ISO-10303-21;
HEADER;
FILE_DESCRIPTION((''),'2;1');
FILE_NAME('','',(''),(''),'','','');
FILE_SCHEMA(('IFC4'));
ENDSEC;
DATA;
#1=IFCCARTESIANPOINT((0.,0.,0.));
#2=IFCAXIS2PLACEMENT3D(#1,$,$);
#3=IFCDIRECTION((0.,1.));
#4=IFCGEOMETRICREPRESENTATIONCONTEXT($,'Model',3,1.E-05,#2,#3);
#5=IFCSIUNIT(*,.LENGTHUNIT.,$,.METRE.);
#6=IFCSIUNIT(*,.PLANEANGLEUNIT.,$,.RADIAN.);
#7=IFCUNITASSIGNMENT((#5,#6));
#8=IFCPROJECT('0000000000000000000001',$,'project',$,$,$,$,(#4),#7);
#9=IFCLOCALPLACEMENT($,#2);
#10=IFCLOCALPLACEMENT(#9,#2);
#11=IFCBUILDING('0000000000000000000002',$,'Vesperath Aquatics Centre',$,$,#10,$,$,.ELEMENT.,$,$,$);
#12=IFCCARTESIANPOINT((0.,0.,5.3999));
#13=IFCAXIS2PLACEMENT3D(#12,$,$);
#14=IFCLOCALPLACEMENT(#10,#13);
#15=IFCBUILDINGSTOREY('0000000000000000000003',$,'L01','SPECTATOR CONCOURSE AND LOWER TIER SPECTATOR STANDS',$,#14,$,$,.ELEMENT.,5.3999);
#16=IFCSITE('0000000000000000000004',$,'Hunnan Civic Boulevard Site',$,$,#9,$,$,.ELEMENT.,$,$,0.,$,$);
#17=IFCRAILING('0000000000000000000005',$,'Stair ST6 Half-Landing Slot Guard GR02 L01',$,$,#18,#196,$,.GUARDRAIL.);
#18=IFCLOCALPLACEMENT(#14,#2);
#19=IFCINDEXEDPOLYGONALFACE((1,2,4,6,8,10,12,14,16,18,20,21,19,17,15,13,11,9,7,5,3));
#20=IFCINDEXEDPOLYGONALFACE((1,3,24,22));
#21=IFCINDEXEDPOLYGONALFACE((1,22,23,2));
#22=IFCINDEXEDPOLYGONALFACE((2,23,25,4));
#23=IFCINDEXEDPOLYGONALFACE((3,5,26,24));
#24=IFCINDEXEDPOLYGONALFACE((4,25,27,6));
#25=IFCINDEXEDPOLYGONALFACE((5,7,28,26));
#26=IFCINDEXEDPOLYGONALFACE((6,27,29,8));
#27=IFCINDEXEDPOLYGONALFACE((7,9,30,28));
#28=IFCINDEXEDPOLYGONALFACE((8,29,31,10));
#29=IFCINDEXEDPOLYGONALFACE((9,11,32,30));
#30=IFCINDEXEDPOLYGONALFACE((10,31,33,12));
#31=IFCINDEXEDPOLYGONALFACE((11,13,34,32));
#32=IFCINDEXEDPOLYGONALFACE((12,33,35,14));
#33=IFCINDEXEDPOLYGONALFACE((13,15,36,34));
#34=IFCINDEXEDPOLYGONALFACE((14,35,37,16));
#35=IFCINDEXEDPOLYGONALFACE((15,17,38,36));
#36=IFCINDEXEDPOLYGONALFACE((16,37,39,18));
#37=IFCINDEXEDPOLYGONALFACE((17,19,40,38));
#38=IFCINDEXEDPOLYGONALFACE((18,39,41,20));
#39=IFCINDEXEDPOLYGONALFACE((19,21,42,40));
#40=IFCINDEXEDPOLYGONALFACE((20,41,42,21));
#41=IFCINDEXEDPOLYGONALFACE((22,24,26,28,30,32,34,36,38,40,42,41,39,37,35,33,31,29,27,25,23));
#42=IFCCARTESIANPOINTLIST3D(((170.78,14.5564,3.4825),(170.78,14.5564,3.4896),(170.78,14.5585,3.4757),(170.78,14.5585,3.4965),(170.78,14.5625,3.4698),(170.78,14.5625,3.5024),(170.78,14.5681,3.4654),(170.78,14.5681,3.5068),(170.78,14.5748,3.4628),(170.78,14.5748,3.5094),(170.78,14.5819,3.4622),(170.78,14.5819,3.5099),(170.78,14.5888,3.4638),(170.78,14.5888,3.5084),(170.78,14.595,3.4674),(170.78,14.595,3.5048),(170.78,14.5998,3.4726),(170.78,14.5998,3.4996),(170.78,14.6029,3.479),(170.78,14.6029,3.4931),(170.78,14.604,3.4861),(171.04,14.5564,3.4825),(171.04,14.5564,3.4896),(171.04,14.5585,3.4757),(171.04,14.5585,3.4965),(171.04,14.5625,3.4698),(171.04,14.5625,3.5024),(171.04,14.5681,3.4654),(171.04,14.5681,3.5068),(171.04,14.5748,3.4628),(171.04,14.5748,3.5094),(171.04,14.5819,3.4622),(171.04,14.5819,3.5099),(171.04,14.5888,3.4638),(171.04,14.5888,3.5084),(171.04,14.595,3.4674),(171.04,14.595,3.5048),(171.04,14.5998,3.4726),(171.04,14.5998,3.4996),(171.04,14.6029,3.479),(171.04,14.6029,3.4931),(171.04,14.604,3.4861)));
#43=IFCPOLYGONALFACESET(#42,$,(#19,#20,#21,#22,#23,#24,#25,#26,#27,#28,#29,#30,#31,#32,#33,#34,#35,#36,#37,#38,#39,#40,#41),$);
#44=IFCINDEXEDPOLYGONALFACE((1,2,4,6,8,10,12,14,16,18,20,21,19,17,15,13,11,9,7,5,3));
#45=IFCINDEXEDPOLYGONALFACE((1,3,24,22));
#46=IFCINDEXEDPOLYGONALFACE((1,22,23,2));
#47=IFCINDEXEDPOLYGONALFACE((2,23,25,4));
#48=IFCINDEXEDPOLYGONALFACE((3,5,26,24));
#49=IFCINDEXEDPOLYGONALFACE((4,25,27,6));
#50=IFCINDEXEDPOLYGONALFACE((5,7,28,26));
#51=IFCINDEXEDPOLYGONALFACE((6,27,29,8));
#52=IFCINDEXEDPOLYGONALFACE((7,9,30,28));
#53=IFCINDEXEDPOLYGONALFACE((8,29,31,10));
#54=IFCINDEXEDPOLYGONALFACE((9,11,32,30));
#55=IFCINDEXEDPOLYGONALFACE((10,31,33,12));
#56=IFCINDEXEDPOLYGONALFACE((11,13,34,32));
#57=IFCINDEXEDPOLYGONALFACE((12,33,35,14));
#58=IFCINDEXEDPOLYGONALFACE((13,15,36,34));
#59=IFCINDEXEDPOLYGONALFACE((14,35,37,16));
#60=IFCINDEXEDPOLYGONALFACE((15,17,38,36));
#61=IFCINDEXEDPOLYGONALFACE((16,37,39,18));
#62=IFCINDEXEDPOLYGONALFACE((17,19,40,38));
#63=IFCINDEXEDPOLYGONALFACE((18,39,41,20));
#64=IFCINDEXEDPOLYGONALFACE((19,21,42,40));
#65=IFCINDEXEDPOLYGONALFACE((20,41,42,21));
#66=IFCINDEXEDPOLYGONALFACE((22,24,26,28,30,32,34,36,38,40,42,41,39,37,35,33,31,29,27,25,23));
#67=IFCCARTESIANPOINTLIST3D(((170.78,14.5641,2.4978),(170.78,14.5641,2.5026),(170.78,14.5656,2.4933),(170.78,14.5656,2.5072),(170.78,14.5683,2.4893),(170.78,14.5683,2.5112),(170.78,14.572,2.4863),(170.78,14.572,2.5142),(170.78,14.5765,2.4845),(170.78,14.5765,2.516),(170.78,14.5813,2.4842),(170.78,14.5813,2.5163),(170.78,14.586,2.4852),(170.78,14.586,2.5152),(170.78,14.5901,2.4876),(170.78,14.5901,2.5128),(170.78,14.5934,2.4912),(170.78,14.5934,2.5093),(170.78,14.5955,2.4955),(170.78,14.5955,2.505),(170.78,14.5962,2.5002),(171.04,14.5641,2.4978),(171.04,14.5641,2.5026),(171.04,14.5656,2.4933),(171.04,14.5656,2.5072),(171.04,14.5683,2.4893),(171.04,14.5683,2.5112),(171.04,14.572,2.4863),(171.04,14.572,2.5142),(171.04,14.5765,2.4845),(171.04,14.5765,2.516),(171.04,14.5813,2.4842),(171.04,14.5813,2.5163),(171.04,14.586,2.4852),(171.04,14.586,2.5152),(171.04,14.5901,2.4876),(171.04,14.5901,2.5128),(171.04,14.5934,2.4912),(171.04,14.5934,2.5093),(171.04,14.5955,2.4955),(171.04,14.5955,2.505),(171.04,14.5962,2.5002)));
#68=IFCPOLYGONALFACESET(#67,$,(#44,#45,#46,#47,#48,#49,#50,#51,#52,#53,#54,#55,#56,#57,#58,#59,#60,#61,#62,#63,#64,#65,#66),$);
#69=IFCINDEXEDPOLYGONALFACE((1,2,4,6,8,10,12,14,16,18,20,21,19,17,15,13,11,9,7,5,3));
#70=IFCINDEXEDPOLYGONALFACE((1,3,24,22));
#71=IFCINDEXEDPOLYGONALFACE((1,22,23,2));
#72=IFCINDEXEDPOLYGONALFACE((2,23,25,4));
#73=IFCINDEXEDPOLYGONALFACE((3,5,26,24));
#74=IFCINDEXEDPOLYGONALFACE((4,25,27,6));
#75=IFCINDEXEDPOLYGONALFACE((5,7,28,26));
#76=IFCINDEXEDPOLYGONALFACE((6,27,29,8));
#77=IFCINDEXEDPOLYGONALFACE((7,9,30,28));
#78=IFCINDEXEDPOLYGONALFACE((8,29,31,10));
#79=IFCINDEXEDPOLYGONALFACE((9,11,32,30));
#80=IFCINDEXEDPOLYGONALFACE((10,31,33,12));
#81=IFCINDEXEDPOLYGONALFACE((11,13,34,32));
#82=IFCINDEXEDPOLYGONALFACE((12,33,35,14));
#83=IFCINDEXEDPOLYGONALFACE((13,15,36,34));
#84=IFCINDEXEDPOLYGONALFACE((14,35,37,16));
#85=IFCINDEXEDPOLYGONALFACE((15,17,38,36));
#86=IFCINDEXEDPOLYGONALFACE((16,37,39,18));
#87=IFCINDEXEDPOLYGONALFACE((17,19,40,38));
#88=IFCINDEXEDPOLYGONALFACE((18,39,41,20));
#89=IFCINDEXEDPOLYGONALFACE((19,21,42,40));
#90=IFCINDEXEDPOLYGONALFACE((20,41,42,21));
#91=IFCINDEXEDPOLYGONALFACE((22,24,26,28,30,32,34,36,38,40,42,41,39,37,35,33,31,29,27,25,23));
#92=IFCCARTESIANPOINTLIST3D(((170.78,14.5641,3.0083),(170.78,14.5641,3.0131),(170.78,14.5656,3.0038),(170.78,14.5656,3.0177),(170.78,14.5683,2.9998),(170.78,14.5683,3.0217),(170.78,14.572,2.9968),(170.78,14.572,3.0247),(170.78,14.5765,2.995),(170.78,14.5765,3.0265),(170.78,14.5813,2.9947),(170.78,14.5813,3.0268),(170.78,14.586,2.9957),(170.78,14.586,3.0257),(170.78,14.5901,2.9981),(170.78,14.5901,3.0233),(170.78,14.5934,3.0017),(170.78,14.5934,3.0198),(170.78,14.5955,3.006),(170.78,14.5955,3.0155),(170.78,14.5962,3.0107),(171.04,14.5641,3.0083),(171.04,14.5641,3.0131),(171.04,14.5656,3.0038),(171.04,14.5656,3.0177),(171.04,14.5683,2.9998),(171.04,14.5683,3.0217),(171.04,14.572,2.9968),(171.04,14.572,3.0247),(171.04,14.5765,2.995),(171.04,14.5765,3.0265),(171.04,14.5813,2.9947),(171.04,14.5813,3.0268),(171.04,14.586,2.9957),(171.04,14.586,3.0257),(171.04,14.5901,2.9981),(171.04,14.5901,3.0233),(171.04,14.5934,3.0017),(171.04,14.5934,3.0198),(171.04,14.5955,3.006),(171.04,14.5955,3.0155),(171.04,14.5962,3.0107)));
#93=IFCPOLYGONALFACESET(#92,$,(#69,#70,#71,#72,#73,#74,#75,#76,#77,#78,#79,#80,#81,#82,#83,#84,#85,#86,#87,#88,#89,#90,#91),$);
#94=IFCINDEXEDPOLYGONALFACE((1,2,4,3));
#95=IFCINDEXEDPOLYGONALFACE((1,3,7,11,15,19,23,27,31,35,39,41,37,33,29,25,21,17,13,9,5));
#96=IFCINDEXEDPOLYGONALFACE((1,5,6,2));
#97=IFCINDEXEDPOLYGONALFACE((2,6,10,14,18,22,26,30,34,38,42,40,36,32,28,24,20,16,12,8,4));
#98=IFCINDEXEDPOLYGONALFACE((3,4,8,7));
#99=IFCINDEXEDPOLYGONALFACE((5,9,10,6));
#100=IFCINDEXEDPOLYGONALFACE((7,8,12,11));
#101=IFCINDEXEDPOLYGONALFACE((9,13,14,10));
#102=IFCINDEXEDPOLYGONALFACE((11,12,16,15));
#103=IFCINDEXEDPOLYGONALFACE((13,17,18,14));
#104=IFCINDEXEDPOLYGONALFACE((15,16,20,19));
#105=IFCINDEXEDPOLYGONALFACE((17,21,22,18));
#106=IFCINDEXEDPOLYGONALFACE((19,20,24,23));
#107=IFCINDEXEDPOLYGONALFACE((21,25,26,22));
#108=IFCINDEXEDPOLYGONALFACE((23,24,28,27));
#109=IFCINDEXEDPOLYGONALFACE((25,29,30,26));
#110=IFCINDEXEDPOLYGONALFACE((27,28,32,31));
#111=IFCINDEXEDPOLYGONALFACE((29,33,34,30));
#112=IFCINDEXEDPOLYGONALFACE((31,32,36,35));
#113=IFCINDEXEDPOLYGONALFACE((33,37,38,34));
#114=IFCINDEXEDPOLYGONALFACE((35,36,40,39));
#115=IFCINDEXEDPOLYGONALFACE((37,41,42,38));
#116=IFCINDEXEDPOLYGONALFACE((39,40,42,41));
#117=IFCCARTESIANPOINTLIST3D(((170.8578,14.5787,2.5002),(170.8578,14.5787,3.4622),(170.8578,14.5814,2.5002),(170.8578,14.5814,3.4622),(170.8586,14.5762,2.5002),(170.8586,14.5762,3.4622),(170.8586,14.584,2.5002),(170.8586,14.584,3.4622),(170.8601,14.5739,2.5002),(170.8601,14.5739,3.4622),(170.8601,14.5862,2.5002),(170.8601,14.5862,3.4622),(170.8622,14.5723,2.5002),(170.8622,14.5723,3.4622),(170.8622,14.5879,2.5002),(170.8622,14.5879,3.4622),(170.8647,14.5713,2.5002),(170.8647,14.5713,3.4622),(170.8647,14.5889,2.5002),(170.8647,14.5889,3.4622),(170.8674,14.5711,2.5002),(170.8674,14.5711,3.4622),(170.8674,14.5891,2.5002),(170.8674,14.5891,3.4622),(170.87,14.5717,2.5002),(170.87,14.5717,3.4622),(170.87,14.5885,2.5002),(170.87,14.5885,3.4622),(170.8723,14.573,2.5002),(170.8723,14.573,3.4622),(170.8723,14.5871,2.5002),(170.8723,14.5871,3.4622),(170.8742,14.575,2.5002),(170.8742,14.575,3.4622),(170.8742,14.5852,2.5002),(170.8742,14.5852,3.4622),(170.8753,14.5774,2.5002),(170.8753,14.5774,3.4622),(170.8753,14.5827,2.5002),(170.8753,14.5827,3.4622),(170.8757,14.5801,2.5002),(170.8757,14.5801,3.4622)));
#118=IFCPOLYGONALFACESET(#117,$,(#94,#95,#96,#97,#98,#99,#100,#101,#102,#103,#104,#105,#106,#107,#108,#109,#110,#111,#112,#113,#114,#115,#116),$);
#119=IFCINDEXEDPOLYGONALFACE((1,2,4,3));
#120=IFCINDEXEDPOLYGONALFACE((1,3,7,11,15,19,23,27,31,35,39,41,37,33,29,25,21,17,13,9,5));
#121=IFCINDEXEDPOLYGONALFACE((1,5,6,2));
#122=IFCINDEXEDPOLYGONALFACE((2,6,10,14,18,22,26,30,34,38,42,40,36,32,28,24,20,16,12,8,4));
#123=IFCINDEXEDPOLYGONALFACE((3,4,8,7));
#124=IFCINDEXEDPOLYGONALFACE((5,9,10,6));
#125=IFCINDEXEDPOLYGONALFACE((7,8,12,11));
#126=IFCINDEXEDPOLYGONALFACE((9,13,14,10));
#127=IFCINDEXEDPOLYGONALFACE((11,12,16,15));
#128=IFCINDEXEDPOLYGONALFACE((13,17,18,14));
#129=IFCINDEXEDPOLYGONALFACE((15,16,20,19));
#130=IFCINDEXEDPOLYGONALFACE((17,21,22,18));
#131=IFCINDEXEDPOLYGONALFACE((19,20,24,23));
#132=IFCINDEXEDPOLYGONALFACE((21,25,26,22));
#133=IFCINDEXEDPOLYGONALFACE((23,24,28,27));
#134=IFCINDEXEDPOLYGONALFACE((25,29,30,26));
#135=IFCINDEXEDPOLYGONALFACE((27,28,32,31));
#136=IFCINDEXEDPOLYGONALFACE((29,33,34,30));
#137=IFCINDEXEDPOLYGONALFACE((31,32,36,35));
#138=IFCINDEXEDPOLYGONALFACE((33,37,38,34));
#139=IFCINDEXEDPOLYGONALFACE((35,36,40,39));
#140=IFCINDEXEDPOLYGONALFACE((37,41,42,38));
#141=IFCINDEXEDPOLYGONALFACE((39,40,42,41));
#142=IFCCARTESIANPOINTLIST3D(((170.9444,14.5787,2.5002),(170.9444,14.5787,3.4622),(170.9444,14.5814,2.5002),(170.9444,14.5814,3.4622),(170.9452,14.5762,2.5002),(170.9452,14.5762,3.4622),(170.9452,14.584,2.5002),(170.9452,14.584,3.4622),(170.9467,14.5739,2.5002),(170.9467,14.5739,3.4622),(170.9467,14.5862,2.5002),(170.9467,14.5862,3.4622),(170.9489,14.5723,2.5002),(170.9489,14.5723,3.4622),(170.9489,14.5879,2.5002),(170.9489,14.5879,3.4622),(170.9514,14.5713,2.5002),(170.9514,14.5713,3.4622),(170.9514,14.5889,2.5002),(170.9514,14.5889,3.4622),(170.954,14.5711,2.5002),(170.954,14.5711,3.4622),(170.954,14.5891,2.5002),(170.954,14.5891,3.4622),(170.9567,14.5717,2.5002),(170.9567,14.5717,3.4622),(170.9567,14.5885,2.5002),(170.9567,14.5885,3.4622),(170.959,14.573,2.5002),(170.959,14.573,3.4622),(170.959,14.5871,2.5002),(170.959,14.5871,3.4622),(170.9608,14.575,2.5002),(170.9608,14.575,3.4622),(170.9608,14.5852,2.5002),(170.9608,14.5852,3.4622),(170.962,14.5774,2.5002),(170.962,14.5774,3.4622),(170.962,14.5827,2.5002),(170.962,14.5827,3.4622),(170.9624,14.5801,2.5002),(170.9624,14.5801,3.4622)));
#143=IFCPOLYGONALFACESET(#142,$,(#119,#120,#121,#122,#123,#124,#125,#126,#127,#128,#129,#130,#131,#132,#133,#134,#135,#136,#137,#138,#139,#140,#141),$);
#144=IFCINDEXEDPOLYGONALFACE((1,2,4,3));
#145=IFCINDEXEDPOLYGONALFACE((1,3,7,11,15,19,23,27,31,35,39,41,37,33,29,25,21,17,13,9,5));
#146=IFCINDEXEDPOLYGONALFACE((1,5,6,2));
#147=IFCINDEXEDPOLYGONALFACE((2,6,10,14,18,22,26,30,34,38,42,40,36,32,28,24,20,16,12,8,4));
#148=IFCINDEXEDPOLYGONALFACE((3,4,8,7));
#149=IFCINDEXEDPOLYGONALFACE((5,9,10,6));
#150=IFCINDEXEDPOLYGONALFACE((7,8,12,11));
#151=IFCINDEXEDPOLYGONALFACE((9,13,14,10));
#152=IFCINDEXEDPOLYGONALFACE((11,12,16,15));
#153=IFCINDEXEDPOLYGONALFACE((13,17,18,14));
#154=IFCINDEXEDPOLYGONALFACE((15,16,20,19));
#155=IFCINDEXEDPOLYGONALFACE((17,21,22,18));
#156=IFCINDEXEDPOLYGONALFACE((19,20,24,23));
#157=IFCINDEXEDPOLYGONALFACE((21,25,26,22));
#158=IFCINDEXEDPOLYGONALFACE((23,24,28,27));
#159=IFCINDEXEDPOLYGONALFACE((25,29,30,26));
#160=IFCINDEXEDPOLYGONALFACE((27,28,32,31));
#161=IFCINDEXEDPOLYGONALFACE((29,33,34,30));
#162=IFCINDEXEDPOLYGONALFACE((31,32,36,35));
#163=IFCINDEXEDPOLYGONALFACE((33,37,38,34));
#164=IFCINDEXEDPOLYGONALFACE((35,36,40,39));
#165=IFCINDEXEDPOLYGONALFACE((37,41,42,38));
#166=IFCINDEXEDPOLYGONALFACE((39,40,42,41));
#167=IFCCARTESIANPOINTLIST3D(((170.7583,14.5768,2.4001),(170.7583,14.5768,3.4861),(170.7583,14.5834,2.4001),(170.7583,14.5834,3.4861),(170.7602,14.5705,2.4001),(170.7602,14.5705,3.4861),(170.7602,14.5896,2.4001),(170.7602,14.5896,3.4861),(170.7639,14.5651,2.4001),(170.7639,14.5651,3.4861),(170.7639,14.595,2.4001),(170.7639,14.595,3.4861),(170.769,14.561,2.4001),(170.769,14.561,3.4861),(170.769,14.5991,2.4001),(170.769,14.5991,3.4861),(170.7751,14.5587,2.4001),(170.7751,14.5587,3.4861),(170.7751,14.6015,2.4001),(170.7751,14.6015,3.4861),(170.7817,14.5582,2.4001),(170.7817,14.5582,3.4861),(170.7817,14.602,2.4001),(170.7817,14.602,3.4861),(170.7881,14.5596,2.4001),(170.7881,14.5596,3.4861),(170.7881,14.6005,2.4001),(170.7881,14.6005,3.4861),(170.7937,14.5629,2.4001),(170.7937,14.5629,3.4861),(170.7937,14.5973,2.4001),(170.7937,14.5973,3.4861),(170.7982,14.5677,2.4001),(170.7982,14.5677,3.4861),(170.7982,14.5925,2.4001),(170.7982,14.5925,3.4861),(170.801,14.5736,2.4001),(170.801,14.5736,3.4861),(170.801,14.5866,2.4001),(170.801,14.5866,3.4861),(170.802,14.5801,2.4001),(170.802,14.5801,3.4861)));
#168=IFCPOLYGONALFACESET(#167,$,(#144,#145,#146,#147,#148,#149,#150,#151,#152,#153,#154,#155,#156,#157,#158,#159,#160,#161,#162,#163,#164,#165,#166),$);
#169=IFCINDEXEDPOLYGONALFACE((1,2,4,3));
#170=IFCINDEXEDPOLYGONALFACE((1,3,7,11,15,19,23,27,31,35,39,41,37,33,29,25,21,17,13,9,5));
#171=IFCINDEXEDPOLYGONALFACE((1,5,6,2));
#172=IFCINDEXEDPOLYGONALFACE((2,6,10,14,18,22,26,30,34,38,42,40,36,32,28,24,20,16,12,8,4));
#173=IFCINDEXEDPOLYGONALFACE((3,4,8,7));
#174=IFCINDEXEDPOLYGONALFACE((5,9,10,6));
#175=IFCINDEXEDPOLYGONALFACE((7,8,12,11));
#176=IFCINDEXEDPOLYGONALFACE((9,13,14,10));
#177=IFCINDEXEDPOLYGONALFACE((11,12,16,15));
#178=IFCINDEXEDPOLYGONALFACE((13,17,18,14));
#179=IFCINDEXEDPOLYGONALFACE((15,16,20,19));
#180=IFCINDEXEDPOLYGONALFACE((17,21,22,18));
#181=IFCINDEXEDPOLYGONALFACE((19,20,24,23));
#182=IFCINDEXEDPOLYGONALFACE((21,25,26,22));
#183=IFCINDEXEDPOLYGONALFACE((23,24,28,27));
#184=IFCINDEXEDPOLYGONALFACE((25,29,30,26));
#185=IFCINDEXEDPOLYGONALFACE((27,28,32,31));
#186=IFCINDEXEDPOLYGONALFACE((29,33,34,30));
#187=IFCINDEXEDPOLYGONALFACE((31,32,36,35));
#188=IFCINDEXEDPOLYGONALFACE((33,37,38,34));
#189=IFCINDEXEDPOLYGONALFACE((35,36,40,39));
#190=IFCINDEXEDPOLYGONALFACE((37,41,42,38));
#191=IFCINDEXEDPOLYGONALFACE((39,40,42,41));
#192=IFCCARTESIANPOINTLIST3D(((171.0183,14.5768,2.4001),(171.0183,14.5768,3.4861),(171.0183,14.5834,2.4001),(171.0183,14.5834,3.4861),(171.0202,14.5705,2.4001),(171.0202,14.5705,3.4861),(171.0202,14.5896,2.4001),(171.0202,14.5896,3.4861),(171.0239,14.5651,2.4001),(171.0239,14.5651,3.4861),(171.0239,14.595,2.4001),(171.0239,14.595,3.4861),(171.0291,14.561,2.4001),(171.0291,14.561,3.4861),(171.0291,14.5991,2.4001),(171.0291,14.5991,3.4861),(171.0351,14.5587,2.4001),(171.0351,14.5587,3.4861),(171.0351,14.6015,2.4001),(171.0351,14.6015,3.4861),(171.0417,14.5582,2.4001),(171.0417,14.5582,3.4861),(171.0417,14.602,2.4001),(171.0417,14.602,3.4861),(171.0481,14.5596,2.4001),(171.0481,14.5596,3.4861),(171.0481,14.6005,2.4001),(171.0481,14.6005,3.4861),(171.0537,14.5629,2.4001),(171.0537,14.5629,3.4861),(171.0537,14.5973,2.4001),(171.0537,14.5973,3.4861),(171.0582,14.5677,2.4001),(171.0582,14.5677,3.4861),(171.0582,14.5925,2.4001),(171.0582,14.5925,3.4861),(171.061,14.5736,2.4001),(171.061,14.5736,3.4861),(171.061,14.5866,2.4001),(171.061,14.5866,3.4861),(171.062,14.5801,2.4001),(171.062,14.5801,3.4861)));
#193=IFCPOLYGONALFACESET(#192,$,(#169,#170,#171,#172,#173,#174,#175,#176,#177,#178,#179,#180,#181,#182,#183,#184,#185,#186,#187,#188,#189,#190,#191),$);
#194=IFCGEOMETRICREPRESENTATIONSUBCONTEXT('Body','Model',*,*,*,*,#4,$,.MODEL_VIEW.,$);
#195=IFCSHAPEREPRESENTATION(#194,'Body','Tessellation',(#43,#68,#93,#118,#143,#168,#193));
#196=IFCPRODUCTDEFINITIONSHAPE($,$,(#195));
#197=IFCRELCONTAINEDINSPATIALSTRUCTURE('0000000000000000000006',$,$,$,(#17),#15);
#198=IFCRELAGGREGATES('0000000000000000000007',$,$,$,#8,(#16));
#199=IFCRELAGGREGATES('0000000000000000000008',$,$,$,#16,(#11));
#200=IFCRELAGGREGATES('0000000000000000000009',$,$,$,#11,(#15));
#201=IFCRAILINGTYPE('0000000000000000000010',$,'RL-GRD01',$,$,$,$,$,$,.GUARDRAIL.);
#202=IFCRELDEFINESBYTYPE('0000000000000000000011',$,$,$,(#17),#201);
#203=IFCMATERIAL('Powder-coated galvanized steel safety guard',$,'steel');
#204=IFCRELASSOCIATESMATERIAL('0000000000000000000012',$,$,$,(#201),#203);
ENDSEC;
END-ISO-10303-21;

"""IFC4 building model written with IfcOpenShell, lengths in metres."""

from ifc_helpers import new_model, si_unit, direction, frame, origin, origin_2d, place, context, subcontext, project, spatial, circle, extrude, material, type_object, element, save


model = new_model("IFC4")

# Units and contexts
model_context = context("Model", 3, precision=1e-05, world=origin(), true_north=direction((0.0, 1.0)))
body_context = subcontext(model_context, "Body", "Model", "MODEL_VIEW")
ifc_project = project(units=[si_unit("LENGTHUNIT", "METRE"), si_unit("PLANEANGLEUNIT", "RADIAN")], contexts=[model_context])

# Site, building, storey
site_placement = place(None, origin())
site = spatial("IfcSite", under=ifc_project, at=site_placement, Name="Hunnan Civic Boulevard Site", CompositionType="ELEMENT", RefElevation=0.0)
building_placement = place(site_placement, origin())
building = spatial("IfcBuilding", under=site, at=building_placement, Name="Vesperath Aquatics Centre", CompositionType="ELEMENT")
storey_placement = place(building_placement, frame((0.0, 0.0, 5.3999)))
storey = spatial("IfcBuildingStorey", under=building, at=storey_placement, Name="L01", Description="SPECTATOR CONCOURSE AND LOWER TIER SPECTATOR STANDS", CompositionType="ELEMENT", Elevation=5.3999)

# Railing
ifc_material_1 = material(Name="Powder-coated galvanized steel safety guard", Category="steel")
railing_type_1 = type_object("IfcRailingType", Name="RL-GRD01", PredefinedType="GUARDRAIL", material=ifc_material_1)
railing_1_placement = place(storey_placement, frame((170.78, 14.5801, 2.4001)))
element("IfcRailing", 1, at=railing_1_placement, inside=storey, type_object=railing_type_1, Name="Stair ST6 Half-Landing Slot Guard GR02 L01", PredefinedType="GUARDRAIL", context=body_context, shape_type="SweptSolid", body=[
    extrude(circle(Radius=0.0239, at=origin_2d()), frame((0.0, 0.0, 1.0859), z_axis=(1.0, 0.0, 0.0), x_axis=(0.0, 1.0, 0.0)), (0.0, 0.0, 1.0), 0.26),
    extrude(circle(Radius=0.0161, at=origin_2d()), frame((0.0, 0.0, 0.1001), z_axis=(1.0, 0.0, 0.0), x_axis=(0.0, 1.0, 0.0)), (0.0, 0.0, 1.0), 0.26),
    extrude(circle(Radius=0.0161, at=origin_2d()), frame((0.0, 0.0, 0.6106), z_axis=(1.0, 0.0, 0.0), x_axis=(0.0, 1.0, 0.0)), (0.0, 0.0, 1.0), 0.26),
    extrude(circle(Radius=0.009, at=origin_2d()), frame((0.0867, 0.0, 0.1001)), (0.0, 0.0, 1.0), 0.9619),
    extrude(circle(Radius=0.009, at=origin_2d()), frame((0.1733, 0.0, 0.1001)), (0.0, 0.0, 1.0), 0.9619),
    extrude(circle(Radius=0.022, at=origin_2d()), origin(), (0.0, 0.0, 1.0), 1.0859),
    extrude(circle(Radius=0.022, at=origin_2d()), frame((0.26, 0.0, 0.0)), (0.0, 0.0, 1.0), 1.0859),
])

save(model, "model.ifc")
